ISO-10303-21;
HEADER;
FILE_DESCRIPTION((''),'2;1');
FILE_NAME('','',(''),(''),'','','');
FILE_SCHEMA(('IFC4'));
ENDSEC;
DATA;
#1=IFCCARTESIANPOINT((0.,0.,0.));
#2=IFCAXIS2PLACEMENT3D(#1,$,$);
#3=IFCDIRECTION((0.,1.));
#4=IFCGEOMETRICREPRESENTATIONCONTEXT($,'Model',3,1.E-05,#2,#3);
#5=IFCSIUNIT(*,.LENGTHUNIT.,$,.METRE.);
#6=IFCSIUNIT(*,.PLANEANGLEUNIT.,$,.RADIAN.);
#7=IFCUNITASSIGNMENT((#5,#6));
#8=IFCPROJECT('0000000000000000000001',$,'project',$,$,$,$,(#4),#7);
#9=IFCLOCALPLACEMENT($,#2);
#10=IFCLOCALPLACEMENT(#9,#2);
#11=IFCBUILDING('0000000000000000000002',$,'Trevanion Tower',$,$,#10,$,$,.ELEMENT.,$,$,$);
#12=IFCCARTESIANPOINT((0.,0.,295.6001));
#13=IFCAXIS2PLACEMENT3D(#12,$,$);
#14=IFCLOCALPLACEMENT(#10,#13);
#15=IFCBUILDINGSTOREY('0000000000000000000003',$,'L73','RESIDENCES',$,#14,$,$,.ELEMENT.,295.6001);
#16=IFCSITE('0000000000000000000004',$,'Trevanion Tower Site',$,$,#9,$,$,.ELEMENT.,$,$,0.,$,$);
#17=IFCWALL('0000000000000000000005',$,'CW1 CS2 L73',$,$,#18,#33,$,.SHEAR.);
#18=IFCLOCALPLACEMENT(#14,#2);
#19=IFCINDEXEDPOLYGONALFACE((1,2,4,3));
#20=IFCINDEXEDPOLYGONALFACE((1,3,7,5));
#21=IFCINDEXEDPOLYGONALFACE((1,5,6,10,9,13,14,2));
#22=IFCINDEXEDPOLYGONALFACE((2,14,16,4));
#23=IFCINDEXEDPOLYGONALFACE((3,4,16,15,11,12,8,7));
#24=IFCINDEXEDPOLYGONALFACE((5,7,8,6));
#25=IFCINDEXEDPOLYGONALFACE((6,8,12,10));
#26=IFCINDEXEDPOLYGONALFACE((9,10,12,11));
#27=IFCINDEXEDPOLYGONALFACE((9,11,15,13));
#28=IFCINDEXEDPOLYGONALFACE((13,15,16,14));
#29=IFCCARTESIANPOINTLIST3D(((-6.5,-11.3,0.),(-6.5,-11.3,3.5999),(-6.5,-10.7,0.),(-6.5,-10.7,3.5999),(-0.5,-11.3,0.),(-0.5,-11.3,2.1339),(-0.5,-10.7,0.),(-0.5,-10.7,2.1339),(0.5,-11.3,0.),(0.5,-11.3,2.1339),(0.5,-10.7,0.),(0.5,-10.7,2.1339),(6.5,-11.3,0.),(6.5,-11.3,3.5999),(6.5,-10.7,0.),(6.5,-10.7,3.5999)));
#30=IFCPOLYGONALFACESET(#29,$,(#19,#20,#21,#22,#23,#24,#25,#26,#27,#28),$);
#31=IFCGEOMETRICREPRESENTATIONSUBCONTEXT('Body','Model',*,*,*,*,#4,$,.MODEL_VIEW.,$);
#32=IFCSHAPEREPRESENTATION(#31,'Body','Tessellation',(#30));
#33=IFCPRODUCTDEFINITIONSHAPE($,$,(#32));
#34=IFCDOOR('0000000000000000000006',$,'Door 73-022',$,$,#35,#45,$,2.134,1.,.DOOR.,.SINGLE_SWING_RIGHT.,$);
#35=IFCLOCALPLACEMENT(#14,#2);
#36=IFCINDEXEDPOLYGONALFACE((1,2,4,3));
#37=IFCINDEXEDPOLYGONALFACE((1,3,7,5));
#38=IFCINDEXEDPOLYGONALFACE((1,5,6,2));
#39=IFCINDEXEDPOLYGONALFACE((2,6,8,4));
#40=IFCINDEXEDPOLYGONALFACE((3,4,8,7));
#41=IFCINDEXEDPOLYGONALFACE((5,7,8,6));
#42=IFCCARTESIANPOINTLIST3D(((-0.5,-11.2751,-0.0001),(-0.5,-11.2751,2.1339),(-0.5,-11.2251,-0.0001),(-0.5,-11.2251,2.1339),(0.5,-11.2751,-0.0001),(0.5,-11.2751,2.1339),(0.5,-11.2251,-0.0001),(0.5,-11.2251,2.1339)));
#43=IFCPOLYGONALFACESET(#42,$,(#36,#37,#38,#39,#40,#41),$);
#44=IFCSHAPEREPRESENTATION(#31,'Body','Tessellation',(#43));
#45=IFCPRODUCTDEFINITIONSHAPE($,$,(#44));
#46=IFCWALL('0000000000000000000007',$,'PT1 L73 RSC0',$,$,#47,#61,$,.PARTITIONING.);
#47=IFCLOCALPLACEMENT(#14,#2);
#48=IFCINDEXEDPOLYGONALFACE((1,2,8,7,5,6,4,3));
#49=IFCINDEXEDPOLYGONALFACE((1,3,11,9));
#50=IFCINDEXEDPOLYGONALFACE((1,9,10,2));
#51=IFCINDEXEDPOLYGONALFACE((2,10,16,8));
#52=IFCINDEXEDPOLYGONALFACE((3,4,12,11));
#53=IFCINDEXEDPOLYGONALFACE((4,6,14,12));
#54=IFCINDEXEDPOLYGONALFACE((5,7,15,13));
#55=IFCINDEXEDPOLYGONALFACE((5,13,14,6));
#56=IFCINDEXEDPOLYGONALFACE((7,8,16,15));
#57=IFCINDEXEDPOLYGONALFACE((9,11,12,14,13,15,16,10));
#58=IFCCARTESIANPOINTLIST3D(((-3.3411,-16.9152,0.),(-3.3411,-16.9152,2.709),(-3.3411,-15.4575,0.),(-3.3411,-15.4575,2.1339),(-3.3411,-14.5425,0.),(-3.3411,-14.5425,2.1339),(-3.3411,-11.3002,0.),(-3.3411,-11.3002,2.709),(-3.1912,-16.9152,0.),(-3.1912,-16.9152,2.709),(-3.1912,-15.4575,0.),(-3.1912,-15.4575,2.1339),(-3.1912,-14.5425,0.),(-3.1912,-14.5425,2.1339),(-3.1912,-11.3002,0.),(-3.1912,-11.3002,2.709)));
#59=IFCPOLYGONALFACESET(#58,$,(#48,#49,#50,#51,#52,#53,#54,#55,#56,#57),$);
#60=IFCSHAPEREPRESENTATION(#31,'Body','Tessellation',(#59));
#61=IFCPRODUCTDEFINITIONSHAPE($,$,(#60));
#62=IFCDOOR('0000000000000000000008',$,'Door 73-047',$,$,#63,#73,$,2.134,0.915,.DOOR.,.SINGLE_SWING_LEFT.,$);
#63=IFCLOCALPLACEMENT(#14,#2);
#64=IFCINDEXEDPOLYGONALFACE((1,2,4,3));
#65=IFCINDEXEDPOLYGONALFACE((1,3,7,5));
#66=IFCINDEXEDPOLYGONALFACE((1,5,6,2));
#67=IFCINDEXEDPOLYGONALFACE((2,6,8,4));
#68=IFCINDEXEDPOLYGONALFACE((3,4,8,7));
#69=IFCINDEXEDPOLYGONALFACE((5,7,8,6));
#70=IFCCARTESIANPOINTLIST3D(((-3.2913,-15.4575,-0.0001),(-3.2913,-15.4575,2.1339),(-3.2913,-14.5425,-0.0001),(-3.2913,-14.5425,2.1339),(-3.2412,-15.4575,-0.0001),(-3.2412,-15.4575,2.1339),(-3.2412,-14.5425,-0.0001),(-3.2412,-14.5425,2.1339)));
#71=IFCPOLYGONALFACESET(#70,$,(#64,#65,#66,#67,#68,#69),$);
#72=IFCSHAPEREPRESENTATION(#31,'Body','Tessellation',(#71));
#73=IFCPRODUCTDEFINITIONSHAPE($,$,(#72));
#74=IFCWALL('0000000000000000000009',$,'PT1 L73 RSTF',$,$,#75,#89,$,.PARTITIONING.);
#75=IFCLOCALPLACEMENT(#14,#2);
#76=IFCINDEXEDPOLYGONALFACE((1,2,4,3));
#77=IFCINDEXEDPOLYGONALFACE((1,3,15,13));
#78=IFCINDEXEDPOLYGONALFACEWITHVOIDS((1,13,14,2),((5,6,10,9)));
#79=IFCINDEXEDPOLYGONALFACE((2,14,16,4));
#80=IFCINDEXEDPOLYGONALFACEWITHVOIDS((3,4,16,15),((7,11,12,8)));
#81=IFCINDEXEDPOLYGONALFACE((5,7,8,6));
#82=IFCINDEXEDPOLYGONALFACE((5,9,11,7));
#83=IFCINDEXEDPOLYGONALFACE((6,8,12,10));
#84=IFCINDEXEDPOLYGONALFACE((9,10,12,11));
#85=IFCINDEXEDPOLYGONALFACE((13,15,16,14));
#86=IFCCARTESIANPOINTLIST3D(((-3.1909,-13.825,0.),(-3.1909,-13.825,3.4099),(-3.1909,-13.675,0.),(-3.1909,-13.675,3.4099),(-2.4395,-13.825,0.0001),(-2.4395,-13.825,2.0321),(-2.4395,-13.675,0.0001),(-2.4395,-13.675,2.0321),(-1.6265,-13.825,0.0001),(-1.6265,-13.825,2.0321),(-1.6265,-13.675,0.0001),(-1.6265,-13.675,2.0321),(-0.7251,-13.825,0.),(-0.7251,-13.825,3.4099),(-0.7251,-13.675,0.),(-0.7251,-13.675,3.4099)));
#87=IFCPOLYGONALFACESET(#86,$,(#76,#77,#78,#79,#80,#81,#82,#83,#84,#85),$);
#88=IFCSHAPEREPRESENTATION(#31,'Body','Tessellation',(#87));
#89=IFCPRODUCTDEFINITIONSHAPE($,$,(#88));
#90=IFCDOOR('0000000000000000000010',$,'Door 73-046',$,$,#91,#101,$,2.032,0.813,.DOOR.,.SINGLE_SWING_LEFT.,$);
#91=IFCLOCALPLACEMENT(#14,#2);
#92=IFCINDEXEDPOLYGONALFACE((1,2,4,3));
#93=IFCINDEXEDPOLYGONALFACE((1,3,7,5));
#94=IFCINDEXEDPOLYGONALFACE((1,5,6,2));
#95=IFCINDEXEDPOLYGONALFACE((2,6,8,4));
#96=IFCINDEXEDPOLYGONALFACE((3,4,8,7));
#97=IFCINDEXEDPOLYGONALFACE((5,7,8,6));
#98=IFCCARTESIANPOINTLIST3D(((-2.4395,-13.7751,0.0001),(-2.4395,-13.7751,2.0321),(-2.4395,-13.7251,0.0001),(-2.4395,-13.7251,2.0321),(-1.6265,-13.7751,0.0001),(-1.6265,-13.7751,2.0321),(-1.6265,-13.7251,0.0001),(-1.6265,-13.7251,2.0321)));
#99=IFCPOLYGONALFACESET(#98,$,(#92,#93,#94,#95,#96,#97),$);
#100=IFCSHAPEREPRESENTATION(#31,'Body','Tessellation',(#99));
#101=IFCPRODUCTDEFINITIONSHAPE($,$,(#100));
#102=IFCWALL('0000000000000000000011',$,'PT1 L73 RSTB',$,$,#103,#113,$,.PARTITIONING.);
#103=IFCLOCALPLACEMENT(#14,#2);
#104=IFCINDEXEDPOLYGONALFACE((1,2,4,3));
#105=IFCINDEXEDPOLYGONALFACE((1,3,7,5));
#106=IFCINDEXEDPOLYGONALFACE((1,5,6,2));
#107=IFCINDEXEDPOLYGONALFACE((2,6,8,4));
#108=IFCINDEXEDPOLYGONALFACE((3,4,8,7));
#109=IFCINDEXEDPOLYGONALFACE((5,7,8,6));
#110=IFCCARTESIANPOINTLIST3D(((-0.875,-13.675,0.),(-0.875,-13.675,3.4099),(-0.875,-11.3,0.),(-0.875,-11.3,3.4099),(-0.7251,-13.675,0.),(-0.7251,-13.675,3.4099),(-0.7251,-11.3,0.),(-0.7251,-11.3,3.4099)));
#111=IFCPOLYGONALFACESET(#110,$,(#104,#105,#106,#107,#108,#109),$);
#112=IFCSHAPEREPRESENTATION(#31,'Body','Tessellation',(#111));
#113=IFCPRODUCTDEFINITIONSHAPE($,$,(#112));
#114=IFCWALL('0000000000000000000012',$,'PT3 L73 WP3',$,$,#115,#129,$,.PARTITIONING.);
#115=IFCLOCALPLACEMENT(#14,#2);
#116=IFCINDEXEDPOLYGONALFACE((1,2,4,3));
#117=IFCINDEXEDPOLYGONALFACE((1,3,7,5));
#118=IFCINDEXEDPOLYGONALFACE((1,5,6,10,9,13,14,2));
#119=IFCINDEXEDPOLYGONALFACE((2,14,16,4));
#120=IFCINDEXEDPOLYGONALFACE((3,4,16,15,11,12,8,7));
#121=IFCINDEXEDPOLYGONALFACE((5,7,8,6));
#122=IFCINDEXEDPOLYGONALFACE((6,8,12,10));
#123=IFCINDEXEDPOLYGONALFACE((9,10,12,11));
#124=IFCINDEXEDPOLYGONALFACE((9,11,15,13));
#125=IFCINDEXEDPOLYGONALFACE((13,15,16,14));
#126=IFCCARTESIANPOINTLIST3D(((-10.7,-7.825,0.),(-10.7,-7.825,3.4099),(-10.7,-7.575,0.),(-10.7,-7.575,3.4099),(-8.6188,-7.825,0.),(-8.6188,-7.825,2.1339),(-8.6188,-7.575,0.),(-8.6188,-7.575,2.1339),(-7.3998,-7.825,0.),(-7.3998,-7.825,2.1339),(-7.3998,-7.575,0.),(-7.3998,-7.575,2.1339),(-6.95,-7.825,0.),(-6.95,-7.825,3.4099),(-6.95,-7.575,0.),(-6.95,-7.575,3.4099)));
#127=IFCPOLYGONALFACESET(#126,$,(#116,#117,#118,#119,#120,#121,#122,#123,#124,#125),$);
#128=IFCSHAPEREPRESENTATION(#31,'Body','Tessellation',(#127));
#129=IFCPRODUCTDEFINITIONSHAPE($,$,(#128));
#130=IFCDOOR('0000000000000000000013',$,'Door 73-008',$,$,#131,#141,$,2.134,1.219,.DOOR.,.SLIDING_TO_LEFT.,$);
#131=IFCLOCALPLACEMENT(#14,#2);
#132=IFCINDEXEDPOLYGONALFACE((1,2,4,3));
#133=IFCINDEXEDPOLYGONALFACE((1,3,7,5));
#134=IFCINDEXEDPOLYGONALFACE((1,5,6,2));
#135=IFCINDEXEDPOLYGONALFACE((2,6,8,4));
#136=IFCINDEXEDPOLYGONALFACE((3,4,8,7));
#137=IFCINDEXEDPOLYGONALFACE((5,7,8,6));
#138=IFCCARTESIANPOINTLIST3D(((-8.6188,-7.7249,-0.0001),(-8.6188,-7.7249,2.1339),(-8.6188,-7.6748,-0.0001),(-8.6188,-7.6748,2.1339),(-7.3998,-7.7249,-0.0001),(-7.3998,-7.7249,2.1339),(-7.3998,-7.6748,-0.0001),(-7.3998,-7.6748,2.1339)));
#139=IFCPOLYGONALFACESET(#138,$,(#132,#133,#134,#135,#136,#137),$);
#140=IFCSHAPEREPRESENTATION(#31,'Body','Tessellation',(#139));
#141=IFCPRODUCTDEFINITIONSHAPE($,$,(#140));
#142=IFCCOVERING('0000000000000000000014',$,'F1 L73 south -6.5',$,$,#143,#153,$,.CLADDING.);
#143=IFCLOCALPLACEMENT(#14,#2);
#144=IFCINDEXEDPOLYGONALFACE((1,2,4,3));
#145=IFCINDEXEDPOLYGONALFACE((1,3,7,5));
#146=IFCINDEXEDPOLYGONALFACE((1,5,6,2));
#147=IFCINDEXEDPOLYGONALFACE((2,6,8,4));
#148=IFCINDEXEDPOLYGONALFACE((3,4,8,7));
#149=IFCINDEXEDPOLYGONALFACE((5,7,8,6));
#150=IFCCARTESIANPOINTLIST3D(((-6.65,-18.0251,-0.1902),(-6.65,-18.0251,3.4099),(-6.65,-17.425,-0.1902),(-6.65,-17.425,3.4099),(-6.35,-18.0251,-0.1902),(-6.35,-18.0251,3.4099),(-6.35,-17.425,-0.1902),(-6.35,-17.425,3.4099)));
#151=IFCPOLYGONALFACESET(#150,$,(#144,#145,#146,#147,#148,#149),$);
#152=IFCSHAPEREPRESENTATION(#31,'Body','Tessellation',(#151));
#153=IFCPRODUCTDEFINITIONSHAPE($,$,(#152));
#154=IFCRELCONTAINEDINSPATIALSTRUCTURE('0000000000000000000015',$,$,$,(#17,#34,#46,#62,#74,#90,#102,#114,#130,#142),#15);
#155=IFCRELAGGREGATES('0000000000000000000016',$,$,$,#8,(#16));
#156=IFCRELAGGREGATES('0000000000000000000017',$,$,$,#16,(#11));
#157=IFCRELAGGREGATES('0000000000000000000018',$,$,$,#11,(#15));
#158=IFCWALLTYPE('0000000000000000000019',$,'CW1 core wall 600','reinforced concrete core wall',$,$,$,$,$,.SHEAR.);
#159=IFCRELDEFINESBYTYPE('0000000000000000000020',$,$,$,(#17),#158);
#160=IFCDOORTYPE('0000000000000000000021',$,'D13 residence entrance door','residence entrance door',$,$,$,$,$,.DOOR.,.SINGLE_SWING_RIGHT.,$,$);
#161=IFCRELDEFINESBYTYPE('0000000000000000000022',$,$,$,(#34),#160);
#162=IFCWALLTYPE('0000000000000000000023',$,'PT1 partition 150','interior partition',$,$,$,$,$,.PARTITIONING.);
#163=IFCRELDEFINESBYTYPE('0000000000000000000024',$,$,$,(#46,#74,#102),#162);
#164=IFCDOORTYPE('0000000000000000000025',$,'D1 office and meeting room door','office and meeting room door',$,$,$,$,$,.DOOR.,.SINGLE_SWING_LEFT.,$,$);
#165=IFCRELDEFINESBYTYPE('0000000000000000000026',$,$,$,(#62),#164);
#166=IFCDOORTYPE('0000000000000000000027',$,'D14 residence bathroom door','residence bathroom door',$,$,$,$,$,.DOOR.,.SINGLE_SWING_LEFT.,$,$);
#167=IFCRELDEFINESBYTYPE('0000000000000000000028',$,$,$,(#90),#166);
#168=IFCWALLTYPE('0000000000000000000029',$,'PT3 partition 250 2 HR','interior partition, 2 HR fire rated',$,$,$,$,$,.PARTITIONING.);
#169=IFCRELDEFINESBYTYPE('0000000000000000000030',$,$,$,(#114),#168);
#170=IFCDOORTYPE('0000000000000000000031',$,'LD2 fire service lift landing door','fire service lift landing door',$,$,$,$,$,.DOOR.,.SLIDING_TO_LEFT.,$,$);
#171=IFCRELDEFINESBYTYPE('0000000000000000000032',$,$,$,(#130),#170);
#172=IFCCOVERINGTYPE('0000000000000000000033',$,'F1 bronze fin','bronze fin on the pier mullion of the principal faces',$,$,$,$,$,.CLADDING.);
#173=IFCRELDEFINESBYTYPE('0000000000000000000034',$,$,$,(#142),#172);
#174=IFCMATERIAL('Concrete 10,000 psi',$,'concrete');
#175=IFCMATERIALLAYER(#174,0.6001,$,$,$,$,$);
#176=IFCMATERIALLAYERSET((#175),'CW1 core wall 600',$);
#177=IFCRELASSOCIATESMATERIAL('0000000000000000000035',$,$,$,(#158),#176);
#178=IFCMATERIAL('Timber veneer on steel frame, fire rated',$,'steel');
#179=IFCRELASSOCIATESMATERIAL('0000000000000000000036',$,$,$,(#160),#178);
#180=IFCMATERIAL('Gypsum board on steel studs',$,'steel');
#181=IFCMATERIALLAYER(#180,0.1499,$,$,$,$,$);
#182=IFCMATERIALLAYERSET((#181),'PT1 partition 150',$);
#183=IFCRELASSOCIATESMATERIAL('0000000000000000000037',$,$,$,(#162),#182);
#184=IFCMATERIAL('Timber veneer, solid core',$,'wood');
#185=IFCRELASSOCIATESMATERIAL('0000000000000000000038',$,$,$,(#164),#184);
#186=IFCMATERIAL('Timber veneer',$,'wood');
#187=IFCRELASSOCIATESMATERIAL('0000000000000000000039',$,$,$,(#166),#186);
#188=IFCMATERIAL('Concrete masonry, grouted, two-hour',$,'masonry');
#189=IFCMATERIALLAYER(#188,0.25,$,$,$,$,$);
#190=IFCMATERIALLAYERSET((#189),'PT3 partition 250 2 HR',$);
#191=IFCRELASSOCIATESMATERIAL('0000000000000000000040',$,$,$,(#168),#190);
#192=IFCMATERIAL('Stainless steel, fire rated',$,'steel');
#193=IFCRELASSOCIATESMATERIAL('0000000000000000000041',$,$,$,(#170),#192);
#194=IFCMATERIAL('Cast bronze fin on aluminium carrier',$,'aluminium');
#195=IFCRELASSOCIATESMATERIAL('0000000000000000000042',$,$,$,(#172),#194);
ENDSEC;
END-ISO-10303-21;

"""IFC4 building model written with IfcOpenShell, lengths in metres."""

from ifc_helpers import new_model, si_unit, direction, frame, frame_2d, origin, origin_2d, place, context, subcontext, project, spatial, rectangle, extrude, material, layer, layer_set, type_object, element, fill, save


model = new_model("IFC4")

# Units and contexts
model_context = context("Model", 3, precision=1e-05, world=origin(), true_north=direction((0.0, 1.0)))
body_context = subcontext(model_context, "Body", "Model", "MODEL_VIEW")
ifc_project = project(units=[si_unit("LENGTHUNIT", "METRE"), si_unit("PLANEANGLEUNIT", "RADIAN")], contexts=[model_context])

# Site, building, storey
site_placement = place(None, origin())
site = spatial("IfcSite", under=ifc_project, at=site_placement, Name="Trevanion Tower Site", CompositionType="ELEMENT", RefElevation=0.0)
building_placement = place(site_placement, origin())
building = spatial("IfcBuilding", under=site, at=building_placement, Name="Trevanion Tower", CompositionType="ELEMENT")
storey_placement = place(building_placement, frame((0.0, 0.0, 295.6001)))
storey = spatial("IfcBuildingStorey", under=building, at=storey_placement, Name="L73", Description="RESIDENCES", CompositionType="ELEMENT", Elevation=295.6001)

# Walls, openings, doors
ifc_material_1 = material(Name="Concrete 10,000 psi", Category="concrete")
ifc_layer_1 = layer(ifc_material_1, 0.6001)
ifc_layer_set_1 = layer_set([ifc_layer_1], Name="CW1 core wall 600")
wall_type_1 = type_object("IfcWallType", Name="CW1 core wall 600", Description="reinforced concrete core wall", PredefinedType="SHEAR", material=ifc_layer_set_1)
wall_1_placement = place(storey_placement, frame((-6.5, -11.0, 0.0), z_axis=(0.0, 0.0, 1.0), x_axis=(1.0, 0.0, 0.0)))
wall_1 = element("IfcWall", 1, at=wall_1_placement, inside=storey, type_object=wall_type_1, Name="CW1 CS2 L73", PredefinedType="SHEAR", context=body_context, shape_type="SweptSolid", body=[
    extrude(rectangle(XDim=13.0, YDim=0.6001, at=frame_2d((6.5, 0.0))), origin(), (0.0, 0.0, 1.0), 3.5999),
])
opening_1_placement = place(wall_1_placement, frame((6.0, 0.0, 0.0)))
opening_1 = element("IfcOpeningElement", 2, at=opening_1_placement, cuts=wall_1, PredefinedType="OPENING", context=body_context, shape_type="SweptSolid", body=[
    extrude(rectangle(XDim=1.0, YDim=2.134, at=frame_2d((0.5, 1.0669))), frame((0.0, 0.3101, 0.0), z_axis=(0.0, -1.0, 0.0), x_axis=(1.0, 0.0, 0.0)), (0.0, 0.0, 1.0), 0.6201),
])
ifc_material_2 = material(Name="Timber veneer on steel frame, fire rated", Category="steel")
door_type_1 = type_object("IfcDoorType", Name="D13 residence entrance door", Description="residence entrance door", OperationType="SINGLE_SWING_RIGHT", PredefinedType="DOOR", material=ifc_material_2)
door_1_placement = place(opening_1_placement, origin())
door_1 = element("IfcDoor", 3, at=door_1_placement, inside=storey, type_object=door_type_1, Name="Door 73-022", OperationType="SINGLE_SWING_RIGHT", OverallHeight=2.134, OverallWidth=1.0, PredefinedType="DOOR", context=body_context, shape_type="SweptSolid", body=[
    extrude(rectangle(XDim=1.0, YDim=2.134, at=frame_2d((0.5, 1.0669))), frame((0.0, -0.2251, 0.0), z_axis=(0.0, -1.0, 0.0), x_axis=(1.0, 0.0, 0.0)), (0.0, 0.0, 1.0), 0.05),
])
fill(opening_1, door_1)
ifc_material_3 = material(Name="Gypsum board on steel studs", Category="steel")
ifc_layer_2 = layer(ifc_material_3, 0.1499)
ifc_layer_set_2 = layer_set([ifc_layer_2], Name="PT1 partition 150")
wall_type_2 = type_object("IfcWallType", Name="PT1 partition 150", Description="interior partition", PredefinedType="PARTITIONING", material=ifc_layer_set_2)
wall_2_placement = place(storey_placement, frame((-3.2661, -11.3, 0.0), z_axis=(0.0, 0.0, 1.0), x_axis=(0.0, -1.0, 0.0)))
wall_2 = element("IfcWall", 4, at=wall_2_placement, inside=storey, type_object=wall_type_2, Name="PT1 L73 RSC0", PredefinedType="PARTITIONING", context=body_context, shape_type="SweptSolid", body=[
    extrude(rectangle(XDim=5.615, YDim=0.1499, at=frame_2d((2.8076, 0.0))), origin(), (0.0, 0.0, 1.0), 2.709),
])
opening_2_placement = place(wall_2_placement, frame((3.2424, 0.0, 0.0)))
opening_2 = element("IfcOpeningElement", 5, at=opening_2_placement, cuts=wall_2, PredefinedType="OPENING", context=body_context, shape_type="SweptSolid", body=[
    extrude(rectangle(XDim=0.915, YDim=2.134, at=frame_2d((0.4575, 1.0669))), frame((0.0, 0.085, 0.0), z_axis=(0.0, -1.0, 0.0), x_axis=(1.0, 0.0, 0.0)), (0.0, 0.0, 1.0), 0.1699),
])
ifc_material_4 = material(Name="Timber veneer, solid core", Category="wood")
door_type_2 = type_object("IfcDoorType", Name="D1 office and meeting room door", Description="office and meeting room door", OperationType="SINGLE_SWING_LEFT", PredefinedType="DOOR", material=ifc_material_4)
door_2_placement = place(opening_2_placement, origin())
door_2 = element("IfcDoor", 6, at=door_2_placement, inside=storey, type_object=door_type_2, Name="Door 73-047", OperationType="SINGLE_SWING_LEFT", OverallHeight=2.134, OverallWidth=0.915, PredefinedType="DOOR", context=body_context, shape_type="SweptSolid", body=[
    extrude(rectangle(XDim=0.915, YDim=2.134, at=frame_2d((0.4575, 1.0669))), frame((0.0, 0.0249, 0.0), z_axis=(0.0, -1.0, 0.0), x_axis=(1.0, 0.0, 0.0)), (0.0, 0.0, 1.0), 0.05),
])
fill(opening_2, door_2)
wall_3_placement = place(storey_placement, frame((-3.1909, -13.75, 0.0), z_axis=(0.0, 0.0, 1.0), x_axis=(1.0, 0.0, 0.0)))
wall_3 = element("IfcWall", 7, at=wall_3_placement, inside=storey, type_object=wall_type_2, Name="PT1 L73 RSTF", PredefinedType="PARTITIONING", context=body_context, shape_type="SweptSolid", body=[
    extrude(rectangle(XDim=2.4658, YDim=0.1499, at=frame_2d((1.2329, 0.0))), origin(), (0.0, 0.0, 1.0), 3.4099),
])
opening_3_placement = place(wall_3_placement, frame((0.7515, 0.0, 0.0)))
opening_3 = element("IfcOpeningElement", 8, at=opening_3_placement, cuts=wall_3, PredefinedType="OPENING", context=body_context, shape_type="SweptSolid", body=[
    extrude(rectangle(XDim=0.813, YDim=2.032, at=frame_2d((0.4065, 1.0161))), frame((0.0, 0.085, 0.0), z_axis=(0.0, -1.0, 0.0), x_axis=(1.0, 0.0, 0.0)), (0.0, 0.0, 1.0), 0.1699),
])
ifc_material_5 = material(Name="Timber veneer", Category="wood")
door_type_3 = type_object("IfcDoorType", Name="D14 residence bathroom door", Description="residence bathroom door", OperationType="SINGLE_SWING_LEFT", PredefinedType="DOOR", material=ifc_material_5)
door_3_placement = place(opening_3_placement, origin())
door_3 = element("IfcDoor", 9, at=door_3_placement, inside=storey, type_object=door_type_3, Name="Door 73-046", OperationType="SINGLE_SWING_LEFT", OverallHeight=2.032, OverallWidth=0.813, PredefinedType="DOOR", context=body_context, shape_type="SweptSolid", body=[
    extrude(rectangle(XDim=0.813, YDim=2.032, at=frame_2d((0.4065, 1.0161))), frame((0.0, 0.0249, 0.0), z_axis=(0.0, -1.0, 0.0), x_axis=(1.0, 0.0, 0.0)), (0.0, 0.0, 1.0), 0.05),
])
fill(opening_3, door_3)

# Wall
wall_4_placement = place(storey_placement, frame((-0.8, -11.3, 0.0), z_axis=(0.0, 0.0, 1.0), x_axis=(0.0, -1.0, 0.0)))
element("IfcWall", 10, at=wall_4_placement, inside=storey, type_object=wall_type_2, Name="PT1 L73 RSTB", PredefinedType="PARTITIONING", context=body_context, shape_type="SweptSolid", body=[
    extrude(rectangle(XDim=2.375, YDim=0.1499, at=frame_2d((1.1875, 0.0))), origin(), (0.0, 0.0, 1.0), 3.4099),
])

# Wall, opening, door
ifc_material_6 = material(Name="Concrete masonry, grouted, two-hour", Category="masonry")
ifc_layer_3 = layer(ifc_material_6, 0.25)
ifc_layer_set_3 = layer_set([ifc_layer_3], Name="PT3 partition 250 2 HR")
wall_type_3 = type_object("IfcWallType", Name="PT3 partition 250 2 HR", Description="interior partition, 2 HR fire rated", PredefinedType="PARTITIONING", material=ifc_layer_set_3)
wall_5_placement = place(storey_placement, frame((-6.95, -7.7, 0.0), z_axis=(0.0, 0.0, 1.0), x_axis=(-1.0, 0.0, 0.0)))
wall_5 = element("IfcWall", 11, at=wall_5_placement, inside=storey, type_object=wall_type_3, Name="PT3 L73 WP3", PredefinedType="PARTITIONING", context=body_context, shape_type="SweptSolid", body=[
    extrude(rectangle(XDim=3.75, YDim=0.25, at=frame_2d((1.875, 0.0))), origin(), (0.0, 0.0, 1.0), 3.4099),
])
opening_4_placement = place(wall_5_placement, frame((0.45, 0.0, 0.0)))
opening_4 = element("IfcOpeningElement", 12, at=opening_4_placement, cuts=wall_5, PredefinedType="OPENING", context=body_context, shape_type="SweptSolid", body=[
    extrude(rectangle(XDim=1.219, YDim=2.134, at=frame_2d((0.6094, 1.0669))), frame((0.0, 0.135, 0.0), z_axis=(0.0, -1.0, 0.0), x_axis=(1.0, 0.0, 0.0)), (0.0, 0.0, 1.0), 0.27),
])
ifc_material_7 = material(Name="Stainless steel, fire rated", Category="steel")
door_type_4 = type_object("IfcDoorType", Name="LD2 fire service lift landing door", Description="fire service lift landing door", OperationType="SLIDING_TO_LEFT", PredefinedType="DOOR", material=ifc_material_7)
door_4_placement = place(opening_4_placement, origin())
door_4 = element("IfcDoor", 13, at=door_4_placement, inside=storey, type_object=door_type_4, Name="Door 73-008", OperationType="SLIDING_TO_LEFT", OverallHeight=2.134, OverallWidth=1.219, PredefinedType="DOOR", context=body_context, shape_type="SweptSolid", body=[
    extrude(rectangle(XDim=1.219, YDim=2.134, at=frame_2d((0.6094, 1.0669))), frame((0.0, 0.0249, 0.0), z_axis=(0.0, -1.0, 0.0), x_axis=(1.0, 0.0, 0.0)), (0.0, 0.0, 1.0), 0.05),
])
fill(opening_4, door_4)

# Covering
ifc_material_8 = material(Name="Cast bronze fin on aluminium carrier", Category="aluminium")
covering_type = type_object("IfcCoveringType", Name="F1 bronze fin", Description="bronze fin on the pier mullion of the principal faces", PredefinedType="CLADDING", material=ifc_material_8)
covering_placement = place(storey_placement, frame((-6.5, -17.7251, -0.1902), z_axis=(0.0, 0.0, 1.0), x_axis=(1.0, 0.0, 0.0)))
element("IfcCovering", 14, at=covering_placement, inside=storey, type_object=covering_type, Name="F1 L73 south -6.5", PredefinedType="CLADDING", context=body_context, shape_type="SweptSolid", body=[
    extrude(rectangle(XDim=0.3, YDim=0.6001, at=origin_2d()), origin(), (0.0, 0.0, 1.0), 3.6001),
])

save(model, "model.ifc")
